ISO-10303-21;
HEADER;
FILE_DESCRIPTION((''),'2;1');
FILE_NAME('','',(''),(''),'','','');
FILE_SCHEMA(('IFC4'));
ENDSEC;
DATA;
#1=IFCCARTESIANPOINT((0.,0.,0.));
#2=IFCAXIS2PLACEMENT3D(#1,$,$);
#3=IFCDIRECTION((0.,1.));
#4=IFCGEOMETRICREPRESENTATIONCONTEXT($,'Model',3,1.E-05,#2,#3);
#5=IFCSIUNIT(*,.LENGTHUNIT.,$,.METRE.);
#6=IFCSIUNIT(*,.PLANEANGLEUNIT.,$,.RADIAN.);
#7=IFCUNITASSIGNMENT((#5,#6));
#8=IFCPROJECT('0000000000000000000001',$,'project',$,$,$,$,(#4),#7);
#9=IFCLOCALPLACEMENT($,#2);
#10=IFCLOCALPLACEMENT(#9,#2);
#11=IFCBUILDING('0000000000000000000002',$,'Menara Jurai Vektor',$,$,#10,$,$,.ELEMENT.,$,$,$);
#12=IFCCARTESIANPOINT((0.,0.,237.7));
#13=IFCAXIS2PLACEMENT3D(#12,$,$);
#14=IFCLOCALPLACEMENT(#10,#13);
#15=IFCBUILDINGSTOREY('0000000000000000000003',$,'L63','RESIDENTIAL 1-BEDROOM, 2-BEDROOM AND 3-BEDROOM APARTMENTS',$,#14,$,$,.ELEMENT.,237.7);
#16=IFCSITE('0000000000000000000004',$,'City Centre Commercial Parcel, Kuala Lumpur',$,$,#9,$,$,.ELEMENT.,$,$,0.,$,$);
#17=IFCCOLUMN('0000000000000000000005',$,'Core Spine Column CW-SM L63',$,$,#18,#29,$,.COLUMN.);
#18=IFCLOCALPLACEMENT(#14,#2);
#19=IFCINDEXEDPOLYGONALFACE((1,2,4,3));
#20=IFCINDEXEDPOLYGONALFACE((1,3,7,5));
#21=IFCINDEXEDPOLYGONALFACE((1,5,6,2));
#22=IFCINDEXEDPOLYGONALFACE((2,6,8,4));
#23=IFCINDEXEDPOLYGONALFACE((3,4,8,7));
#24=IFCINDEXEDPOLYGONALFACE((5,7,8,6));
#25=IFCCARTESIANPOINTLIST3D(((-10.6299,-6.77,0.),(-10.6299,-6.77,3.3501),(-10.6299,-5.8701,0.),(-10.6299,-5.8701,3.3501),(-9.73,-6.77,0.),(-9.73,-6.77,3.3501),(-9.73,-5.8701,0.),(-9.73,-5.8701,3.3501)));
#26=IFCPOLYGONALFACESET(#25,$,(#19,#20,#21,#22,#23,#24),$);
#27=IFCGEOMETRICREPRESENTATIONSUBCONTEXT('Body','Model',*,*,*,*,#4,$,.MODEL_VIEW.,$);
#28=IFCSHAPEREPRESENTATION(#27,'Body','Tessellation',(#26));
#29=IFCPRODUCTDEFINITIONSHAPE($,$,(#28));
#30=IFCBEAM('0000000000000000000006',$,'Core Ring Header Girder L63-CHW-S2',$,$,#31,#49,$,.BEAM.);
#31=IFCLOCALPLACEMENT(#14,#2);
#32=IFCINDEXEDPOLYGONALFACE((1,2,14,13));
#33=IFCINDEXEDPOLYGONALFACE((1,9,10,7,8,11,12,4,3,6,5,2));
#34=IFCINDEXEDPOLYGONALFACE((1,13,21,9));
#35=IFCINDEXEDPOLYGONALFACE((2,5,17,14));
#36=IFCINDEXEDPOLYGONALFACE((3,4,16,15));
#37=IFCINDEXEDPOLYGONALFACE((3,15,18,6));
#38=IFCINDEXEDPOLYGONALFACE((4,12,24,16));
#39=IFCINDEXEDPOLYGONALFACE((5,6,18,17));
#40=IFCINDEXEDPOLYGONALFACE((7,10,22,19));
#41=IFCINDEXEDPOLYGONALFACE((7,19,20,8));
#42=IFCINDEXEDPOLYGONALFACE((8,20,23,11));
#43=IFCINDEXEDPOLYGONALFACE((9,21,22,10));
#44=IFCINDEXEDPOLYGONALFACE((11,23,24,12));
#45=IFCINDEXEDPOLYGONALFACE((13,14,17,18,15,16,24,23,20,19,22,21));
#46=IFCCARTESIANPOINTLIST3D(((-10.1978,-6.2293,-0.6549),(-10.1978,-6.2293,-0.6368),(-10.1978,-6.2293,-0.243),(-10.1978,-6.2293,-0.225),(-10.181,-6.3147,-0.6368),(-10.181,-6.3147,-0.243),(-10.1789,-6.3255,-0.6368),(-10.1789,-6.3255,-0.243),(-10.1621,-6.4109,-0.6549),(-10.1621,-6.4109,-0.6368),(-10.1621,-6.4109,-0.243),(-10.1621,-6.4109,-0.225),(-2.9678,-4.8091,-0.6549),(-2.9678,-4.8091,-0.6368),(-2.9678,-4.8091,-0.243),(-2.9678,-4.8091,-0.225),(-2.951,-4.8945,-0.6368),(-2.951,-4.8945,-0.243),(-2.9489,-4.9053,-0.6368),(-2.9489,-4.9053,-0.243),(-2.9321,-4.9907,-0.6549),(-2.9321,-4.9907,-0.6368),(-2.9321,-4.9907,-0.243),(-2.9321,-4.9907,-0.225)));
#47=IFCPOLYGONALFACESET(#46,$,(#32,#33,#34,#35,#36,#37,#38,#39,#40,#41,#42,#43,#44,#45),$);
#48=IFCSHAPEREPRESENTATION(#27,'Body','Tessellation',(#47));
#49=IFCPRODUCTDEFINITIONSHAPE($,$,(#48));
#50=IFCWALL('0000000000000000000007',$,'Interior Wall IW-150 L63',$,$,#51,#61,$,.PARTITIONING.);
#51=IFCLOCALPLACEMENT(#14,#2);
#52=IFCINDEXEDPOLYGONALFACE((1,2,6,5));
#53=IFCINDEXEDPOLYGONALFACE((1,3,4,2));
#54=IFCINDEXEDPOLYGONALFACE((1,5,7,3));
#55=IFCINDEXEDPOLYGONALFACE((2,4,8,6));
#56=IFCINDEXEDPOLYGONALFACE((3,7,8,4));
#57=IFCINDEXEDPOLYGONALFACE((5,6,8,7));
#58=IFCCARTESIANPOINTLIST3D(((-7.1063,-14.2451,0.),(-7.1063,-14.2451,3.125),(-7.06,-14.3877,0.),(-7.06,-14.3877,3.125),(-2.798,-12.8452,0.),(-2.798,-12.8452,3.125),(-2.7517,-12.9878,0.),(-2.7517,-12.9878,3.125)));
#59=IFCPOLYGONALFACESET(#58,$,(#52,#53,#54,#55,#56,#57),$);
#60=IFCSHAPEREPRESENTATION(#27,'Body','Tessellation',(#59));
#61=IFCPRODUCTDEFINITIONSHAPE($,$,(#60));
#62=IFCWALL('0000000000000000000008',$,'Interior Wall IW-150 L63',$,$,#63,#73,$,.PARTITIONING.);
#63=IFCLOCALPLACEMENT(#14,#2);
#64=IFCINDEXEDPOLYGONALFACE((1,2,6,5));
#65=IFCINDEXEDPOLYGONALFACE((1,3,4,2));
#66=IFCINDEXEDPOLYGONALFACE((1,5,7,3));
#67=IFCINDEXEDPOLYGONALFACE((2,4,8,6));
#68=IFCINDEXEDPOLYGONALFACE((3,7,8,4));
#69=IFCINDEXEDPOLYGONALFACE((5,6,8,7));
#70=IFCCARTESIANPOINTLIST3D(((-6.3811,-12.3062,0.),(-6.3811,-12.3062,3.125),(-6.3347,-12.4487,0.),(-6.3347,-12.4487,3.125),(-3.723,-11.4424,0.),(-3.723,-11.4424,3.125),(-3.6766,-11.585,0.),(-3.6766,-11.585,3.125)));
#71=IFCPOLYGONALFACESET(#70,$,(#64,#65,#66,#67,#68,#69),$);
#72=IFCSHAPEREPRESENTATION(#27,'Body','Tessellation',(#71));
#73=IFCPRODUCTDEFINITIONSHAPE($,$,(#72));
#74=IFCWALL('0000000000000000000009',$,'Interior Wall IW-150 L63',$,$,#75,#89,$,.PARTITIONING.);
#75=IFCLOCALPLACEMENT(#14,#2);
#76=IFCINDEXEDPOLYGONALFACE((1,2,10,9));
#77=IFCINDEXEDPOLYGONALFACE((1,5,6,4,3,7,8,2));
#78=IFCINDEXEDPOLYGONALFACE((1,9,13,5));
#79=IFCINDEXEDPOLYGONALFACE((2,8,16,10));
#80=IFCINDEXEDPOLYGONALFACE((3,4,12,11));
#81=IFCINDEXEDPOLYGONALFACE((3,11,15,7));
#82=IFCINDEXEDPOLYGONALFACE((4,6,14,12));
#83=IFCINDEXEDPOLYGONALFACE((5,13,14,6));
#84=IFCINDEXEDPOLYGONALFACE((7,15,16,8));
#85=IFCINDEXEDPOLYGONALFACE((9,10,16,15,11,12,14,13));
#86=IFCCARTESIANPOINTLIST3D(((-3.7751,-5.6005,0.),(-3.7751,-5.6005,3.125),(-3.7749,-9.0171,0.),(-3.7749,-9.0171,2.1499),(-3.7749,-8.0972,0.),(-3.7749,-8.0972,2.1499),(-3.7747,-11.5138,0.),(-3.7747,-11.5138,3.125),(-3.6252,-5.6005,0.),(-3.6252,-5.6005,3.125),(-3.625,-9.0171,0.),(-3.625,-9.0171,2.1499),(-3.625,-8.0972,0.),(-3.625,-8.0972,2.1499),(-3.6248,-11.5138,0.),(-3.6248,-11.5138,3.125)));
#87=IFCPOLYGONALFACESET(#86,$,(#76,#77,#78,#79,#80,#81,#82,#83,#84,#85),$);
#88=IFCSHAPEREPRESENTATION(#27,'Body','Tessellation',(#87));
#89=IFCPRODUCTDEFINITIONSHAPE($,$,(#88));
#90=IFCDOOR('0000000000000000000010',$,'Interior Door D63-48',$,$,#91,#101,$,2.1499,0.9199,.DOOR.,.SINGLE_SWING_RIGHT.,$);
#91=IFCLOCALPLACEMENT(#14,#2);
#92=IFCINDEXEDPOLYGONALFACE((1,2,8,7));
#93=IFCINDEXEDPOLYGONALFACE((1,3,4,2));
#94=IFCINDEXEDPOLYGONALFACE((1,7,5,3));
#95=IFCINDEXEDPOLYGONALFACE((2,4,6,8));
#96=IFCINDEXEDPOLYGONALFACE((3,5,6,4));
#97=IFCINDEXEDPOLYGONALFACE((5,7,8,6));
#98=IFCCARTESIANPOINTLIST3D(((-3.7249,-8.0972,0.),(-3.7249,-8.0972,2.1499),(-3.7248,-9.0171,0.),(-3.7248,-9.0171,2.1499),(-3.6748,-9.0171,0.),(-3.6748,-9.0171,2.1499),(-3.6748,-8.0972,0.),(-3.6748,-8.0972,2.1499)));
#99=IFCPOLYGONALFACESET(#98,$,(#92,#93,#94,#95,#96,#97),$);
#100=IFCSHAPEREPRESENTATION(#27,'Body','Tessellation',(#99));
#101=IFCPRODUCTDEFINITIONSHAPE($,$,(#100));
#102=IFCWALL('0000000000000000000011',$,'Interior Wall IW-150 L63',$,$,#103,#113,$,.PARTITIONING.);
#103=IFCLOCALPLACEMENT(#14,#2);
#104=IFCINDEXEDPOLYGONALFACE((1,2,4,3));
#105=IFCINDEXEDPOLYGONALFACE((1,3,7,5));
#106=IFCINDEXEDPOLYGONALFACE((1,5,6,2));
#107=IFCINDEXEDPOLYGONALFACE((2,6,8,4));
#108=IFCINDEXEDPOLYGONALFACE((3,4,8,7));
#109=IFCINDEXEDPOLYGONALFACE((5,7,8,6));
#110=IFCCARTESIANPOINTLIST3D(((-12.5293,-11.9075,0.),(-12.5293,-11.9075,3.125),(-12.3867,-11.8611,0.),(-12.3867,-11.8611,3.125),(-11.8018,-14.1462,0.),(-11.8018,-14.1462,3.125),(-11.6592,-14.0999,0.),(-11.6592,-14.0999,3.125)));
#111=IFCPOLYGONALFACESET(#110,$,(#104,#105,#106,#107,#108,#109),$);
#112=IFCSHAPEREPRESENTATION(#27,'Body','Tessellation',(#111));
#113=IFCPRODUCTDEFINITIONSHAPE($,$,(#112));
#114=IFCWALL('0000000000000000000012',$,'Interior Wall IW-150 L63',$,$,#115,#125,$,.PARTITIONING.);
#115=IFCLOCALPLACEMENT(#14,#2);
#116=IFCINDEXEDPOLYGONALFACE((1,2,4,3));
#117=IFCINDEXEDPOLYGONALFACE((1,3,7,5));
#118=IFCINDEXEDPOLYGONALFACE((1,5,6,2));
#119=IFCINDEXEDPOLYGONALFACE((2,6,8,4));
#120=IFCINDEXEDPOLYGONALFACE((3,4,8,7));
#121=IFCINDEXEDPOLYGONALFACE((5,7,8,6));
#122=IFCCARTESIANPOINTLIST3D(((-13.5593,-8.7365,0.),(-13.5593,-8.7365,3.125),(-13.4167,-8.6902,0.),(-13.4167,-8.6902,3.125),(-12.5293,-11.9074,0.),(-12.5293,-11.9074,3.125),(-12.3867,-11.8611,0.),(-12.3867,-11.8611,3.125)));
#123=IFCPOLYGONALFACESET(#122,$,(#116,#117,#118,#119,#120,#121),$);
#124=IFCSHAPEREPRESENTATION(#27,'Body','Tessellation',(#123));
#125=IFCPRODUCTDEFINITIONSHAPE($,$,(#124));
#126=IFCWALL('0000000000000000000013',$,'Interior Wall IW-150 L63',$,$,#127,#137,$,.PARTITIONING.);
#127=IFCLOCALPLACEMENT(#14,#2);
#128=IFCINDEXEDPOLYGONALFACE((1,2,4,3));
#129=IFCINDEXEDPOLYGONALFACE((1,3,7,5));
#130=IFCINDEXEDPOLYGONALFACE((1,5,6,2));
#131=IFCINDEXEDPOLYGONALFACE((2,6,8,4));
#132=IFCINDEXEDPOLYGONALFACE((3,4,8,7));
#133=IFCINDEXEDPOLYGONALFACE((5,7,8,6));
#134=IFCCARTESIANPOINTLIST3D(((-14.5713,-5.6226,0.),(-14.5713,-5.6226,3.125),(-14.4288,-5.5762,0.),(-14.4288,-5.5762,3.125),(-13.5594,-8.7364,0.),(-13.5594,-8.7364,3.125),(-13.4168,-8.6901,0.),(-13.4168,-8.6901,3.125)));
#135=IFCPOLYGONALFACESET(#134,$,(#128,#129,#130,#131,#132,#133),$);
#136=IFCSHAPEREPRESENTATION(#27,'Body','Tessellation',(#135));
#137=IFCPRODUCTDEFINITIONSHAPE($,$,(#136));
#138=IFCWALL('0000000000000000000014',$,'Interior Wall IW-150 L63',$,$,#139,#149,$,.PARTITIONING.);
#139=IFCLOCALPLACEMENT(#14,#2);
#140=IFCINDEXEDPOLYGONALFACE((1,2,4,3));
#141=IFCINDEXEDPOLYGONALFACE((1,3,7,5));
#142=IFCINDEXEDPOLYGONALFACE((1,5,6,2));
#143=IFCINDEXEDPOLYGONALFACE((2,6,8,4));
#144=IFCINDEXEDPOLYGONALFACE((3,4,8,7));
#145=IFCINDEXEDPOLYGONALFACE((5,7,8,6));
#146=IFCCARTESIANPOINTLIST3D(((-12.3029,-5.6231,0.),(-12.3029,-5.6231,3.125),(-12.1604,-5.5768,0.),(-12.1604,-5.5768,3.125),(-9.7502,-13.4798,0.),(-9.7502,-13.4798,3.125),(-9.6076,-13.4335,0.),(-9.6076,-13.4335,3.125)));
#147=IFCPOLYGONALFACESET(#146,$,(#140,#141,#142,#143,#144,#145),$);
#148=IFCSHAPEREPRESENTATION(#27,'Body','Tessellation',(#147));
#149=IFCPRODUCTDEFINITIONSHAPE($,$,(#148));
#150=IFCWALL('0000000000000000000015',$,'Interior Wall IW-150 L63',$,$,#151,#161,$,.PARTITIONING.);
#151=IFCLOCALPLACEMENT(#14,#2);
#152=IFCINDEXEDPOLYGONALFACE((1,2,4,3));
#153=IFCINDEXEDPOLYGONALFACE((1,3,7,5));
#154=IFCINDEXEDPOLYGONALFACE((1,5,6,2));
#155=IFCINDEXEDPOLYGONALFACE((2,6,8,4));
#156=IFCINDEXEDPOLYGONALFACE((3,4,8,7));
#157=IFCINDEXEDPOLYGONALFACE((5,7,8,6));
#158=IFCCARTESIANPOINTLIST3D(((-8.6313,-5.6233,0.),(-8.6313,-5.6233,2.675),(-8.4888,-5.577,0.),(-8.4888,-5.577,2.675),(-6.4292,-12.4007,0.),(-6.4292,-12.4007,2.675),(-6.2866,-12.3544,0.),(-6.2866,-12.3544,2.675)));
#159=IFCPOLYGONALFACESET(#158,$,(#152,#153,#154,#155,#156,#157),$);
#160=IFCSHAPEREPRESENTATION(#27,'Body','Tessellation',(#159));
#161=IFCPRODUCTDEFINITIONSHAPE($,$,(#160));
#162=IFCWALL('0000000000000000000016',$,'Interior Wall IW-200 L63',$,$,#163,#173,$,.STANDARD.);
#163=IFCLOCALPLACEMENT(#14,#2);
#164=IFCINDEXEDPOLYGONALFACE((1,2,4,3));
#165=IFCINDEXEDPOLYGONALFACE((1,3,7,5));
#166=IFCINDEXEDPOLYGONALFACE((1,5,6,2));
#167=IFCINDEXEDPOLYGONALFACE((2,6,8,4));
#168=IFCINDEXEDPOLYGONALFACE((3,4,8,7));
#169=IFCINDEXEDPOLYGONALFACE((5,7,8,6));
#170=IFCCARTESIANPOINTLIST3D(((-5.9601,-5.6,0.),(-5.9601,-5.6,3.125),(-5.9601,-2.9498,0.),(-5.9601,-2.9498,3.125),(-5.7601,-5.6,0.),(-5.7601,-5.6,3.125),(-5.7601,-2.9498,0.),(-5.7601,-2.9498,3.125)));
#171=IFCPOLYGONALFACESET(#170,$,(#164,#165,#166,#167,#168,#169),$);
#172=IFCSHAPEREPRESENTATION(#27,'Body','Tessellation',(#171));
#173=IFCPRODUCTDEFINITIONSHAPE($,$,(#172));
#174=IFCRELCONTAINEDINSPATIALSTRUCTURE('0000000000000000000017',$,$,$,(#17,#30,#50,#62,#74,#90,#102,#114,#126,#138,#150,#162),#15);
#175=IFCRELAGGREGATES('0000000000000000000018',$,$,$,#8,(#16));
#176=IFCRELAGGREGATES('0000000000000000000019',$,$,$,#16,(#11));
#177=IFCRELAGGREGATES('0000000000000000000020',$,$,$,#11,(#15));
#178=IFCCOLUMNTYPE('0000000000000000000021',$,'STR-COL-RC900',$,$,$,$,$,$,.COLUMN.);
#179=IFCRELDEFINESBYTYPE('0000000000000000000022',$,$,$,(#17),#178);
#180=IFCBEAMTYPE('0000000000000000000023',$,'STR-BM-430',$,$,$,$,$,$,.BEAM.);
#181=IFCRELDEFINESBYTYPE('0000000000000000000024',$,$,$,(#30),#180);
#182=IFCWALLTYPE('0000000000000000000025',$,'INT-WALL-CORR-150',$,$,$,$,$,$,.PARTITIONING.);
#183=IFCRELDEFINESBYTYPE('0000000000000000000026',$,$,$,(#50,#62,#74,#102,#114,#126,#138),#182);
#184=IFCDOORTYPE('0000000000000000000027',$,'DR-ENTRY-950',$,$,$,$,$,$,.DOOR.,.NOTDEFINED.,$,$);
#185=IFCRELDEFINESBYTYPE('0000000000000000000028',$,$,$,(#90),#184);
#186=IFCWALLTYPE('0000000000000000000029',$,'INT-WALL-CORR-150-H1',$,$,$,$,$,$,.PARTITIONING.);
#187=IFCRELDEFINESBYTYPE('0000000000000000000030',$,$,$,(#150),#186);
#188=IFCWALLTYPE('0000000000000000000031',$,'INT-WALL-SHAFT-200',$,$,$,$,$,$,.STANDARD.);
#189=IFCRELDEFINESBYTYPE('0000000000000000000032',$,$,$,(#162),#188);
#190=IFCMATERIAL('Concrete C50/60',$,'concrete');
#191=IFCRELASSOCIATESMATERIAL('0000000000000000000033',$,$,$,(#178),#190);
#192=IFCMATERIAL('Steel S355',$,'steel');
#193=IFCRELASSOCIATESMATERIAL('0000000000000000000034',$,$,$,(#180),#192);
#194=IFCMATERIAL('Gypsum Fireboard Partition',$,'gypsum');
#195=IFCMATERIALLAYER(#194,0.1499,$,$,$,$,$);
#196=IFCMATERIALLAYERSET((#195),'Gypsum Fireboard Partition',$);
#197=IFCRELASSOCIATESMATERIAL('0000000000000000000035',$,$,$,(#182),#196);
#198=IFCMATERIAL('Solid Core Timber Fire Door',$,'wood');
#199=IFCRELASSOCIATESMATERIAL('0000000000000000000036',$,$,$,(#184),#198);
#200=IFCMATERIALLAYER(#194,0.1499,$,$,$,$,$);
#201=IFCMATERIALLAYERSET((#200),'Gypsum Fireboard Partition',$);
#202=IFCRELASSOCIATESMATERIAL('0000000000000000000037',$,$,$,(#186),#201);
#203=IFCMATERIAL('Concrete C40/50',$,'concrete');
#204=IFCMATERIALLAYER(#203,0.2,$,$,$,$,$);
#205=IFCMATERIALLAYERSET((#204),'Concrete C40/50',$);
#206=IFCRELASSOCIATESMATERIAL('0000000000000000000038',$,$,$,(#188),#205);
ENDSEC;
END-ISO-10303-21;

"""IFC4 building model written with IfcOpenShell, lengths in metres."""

from ifc_helpers import new_model, si_unit, direction, frame, frame_2d, origin, origin_2d, place, context, subcontext, project, spatial, rectangle, i_section, extrude, material, layer, layer_set, material_profile, profile_set, type_object, element, fill, save


model = new_model("IFC4")

# Units and contexts
model_context = context("Model", 3, precision=1e-05, world=origin(), true_north=direction((0.0, 1.0)))
body_context = subcontext(model_context, "Body", "Model", "MODEL_VIEW")
ifc_project = project(units=[si_unit("LENGTHUNIT", "METRE"), si_unit("PLANEANGLEUNIT", "RADIAN")], contexts=[model_context])

# Site, building, storey
site_placement = place(None, origin())
site = spatial("IfcSite", under=ifc_project, at=site_placement, Name="City Centre Commercial Parcel, Kuala Lumpur", CompositionType="ELEMENT", RefElevation=0.0)
building_placement = place(site_placement, origin())
building = spatial("IfcBuilding", under=site, at=building_placement, Name="Menara Jurai Vektor", CompositionType="ELEMENT")
storey_placement = place(building_placement, frame((0.0, 0.0, 237.7)))
storey = spatial("IfcBuildingStorey", under=building, at=storey_placement, Name="L63", Description="RESIDENTIAL 1-BEDROOM, 2-BEDROOM AND 3-BEDROOM APARTMENTS", CompositionType="ELEMENT", Elevation=237.7)

# Column
ifc_material_1 = material(Name="Concrete C50/60", Category="concrete")
ifc_material_profile_1 = material_profile(ifc_material_1, rectangle(XDim=0.8999, YDim=0.8999, at=origin_2d()), Name="RC 900x900")
ifc_profile_set_1 = profile_set([ifc_material_profile_1], Name="Concrete C50/60")
column_type = type_object("IfcColumnType", Name="STR-COL-RC900", PredefinedType="COLUMN", material=ifc_profile_set_1)
column_placement = place(storey_placement, frame((-10.1799, -6.3201, 0.0), z_axis=(0.0, 0.0, 1.0), x_axis=(1.0, 0.0, 0.0)))
element("IfcColumn", 1, at=column_placement, inside=storey, type_object=column_type, Name="Core Spine Column CW-SM L63", PredefinedType="COLUMN", context=body_context, shape_type="SweptSolid", body=[
    extrude(rectangle(XDim=0.8999, YDim=0.8999, at=origin_2d()), origin(), (0.0, 0.0, 1.0), 3.3501),
])

# Beam
ifc_material_2 = material(Name="Steel S355", Category="steel")
ifc_material_profile_2 = material_profile(ifc_material_2, i_section(OverallWidth=0.1851, OverallDepth=0.4299, WebThickness=0.011, FlangeThickness=0.0181, at=origin_2d()), Name="PG 430x185x76")
ifc_profile_set_2 = profile_set([ifc_material_profile_2], Name="Steel S355")
beam_type = type_object("IfcBeamType", Name="STR-BM-430", PredefinedType="BEAM", material=ifc_profile_set_2)
beam_placement = place(storey_placement, frame((-10.1799, -6.3201, -0.4399), z_axis=(0.981249, 0.192744, 0.0), x_axis=(-0.192744, 0.981249, 0.0)))
element("IfcBeam", 2, at=beam_placement, inside=storey, type_object=beam_type, Name="Core Ring Header Girder L63-CHW-S2", PredefinedType="BEAM", context=body_context, shape_type="SweptSolid", body=[
    extrude(i_section(OverallWidth=0.1851, OverallDepth=0.4299, WebThickness=0.011, FlangeThickness=0.0181, at=origin_2d()), origin(), (0.0, 0.0, 1.0), 7.3682),
])

# Wall
ifc_material_3 = material(Name="Gypsum Fireboard Partition", Category="gypsum")
ifc_layer_1 = layer(ifc_material_3, 0.1499)
ifc_layer_set_1 = layer_set([ifc_layer_1], Name="Gypsum Fireboard Partition")
wall_type_1 = type_object("IfcWallType", Name="INT-WALL-CORR-150", PredefinedType="PARTITIONING", material=ifc_layer_set_1)
wall_1_placement = place(storey_placement, frame((-7.0833, -14.3164, 0.0), z_axis=(0.0, 0.0, 1.0), x_axis=(0.951054, 0.309024, 0.0)))
element("IfcWall", 3, at=wall_1_placement, inside=storey, type_object=wall_type_1, Name="Interior Wall IW-150 L63", PredefinedType="PARTITIONING", context=body_context, shape_type="SweptSolid", body=[
    extrude(rectangle(XDim=4.53, YDim=0.1499, at=frame_2d((2.2651, 0.0))), origin(), (0.0, 0.0, 1.0), 3.125),
])

# Shared definitions
ifc_material_4 = material(Name="Solid Core Timber Fire Door", Category="wood")
door_type = type_object("IfcDoorType", Name="DR-ENTRY-950", OperationType="NOTDEFINED", PredefinedType="DOOR", material=ifc_material_4)

# Wall
wall_2_placement = place(storey_placement, frame((-6.3579, -12.3774, 0.0), z_axis=(0.0, 0.0, 1.0), x_axis=(0.951049, 0.309039, 0.0)))
element("IfcWall", 4, at=wall_2_placement, inside=storey, type_object=wall_type_1, Name="Interior Wall IW-150 L63", PredefinedType="PARTITIONING", context=body_context, shape_type="SweptSolid", body=[
    extrude(rectangle(XDim=2.7949, YDim=0.1499, at=frame_2d((1.3975, 0.0))), origin(), (0.0, 0.0, 1.0), 3.125),
])

# Wall, opening, door
wall_3_placement = place(storey_placement, frame((-3.6997, -11.5137, 0.0), z_axis=(0.0, 0.0, 1.0), x_axis=(-0.000083, 1.0, 0.0)))
wall_3 = element("IfcWall", 5, at=wall_3_placement, inside=storey, type_object=wall_type_1, Name="Interior Wall IW-150 L63", PredefinedType="PARTITIONING", context=body_context, shape_type="SweptSolid", body=[
    extrude(rectangle(XDim=5.9133, YDim=0.1499, at=frame_2d((2.9565, 0.0))), origin(), (0.0, 0.0, 1.0), 3.125),
])
opening_1_placement = place(wall_3_placement, frame((2.4966, 0.0, 0.0)))
opening_1 = element("IfcOpeningElement", 6, at=opening_1_placement, cuts=wall_3, PredefinedType="OPENING", context=body_context, shape_type="SweptSolid", body=[
    extrude(rectangle(XDim=0.9199, YDim=2.1499, at=frame_2d((0.46, 1.075))), frame((0.0, 0.085, 0.0), z_axis=(0.0, -1.0, 0.0), x_axis=(1.0, 0.0, 0.0)), (0.0, 0.0, 1.0), 0.1699),
])
door_1_placement = place(opening_1_placement, origin())
door_1 = element("IfcDoor", 7, at=door_1_placement, inside=storey, type_object=door_type, Name="Interior Door D63-48", OperationType="SINGLE_SWING_RIGHT", OverallHeight=2.1499, OverallWidth=0.9199, PredefinedType="DOOR", context=body_context, shape_type="SweptSolid", body=[
    extrude(rectangle(XDim=0.9199, YDim=2.1499, at=frame_2d((0.46, 1.075))), frame((0.0, 0.0249, 0.0), z_axis=(0.0, -1.0, 0.0), x_axis=(1.0, 0.0, 0.0)), (0.0, 0.0, 1.0), 0.05),
])
fill(opening_1, door_1)

# Walls
wall_4_placement = place(storey_placement, frame((-11.7305, -14.123, 0.0), z_axis=(0.0, 0.0, 1.0), x_axis=(-0.309063, 0.951042, 0.0)))
element("IfcWall", 8, at=wall_4_placement, inside=storey, type_object=wall_type_1, Name="Interior Wall IW-150 L63", PredefinedType="PARTITIONING", context=body_context, shape_type="SweptSolid", body=[
    extrude(rectangle(XDim=2.354, YDim=0.1499, at=frame_2d((1.177, 0.0))), origin(), (0.0, 0.0, 1.0), 3.125),
])
wall_5_placement = place(storey_placement, frame((-12.458, -11.8843, 0.0), z_axis=(0.0, 0.0, 1.0), x_axis=(-0.308947, 0.951079, 0.0)))
element("IfcWall", 9, at=wall_5_placement, inside=storey, type_object=wall_type_1, Name="Interior Wall IW-150 L63", PredefinedType="PARTITIONING", context=body_context, shape_type="SweptSolid", body=[
    extrude(rectangle(XDim=3.334, YDim=0.1499, at=frame_2d((1.667, 0.0))), origin(), (0.0, 0.0, 1.0), 3.125),
])
wall_6_placement = place(storey_placement, frame((-13.488, -8.7134, 0.0), z_axis=(0.0, 0.0, 1.0), x_axis=(-0.309083, 0.951035, 0.0)))
element("IfcWall", 10, at=wall_6_placement, inside=storey, type_object=wall_type_1, Name="Interior Wall IW-150 L63", PredefinedType="PARTITIONING", context=body_context, shape_type="SweptSolid", body=[
    extrude(rectangle(XDim=3.2742, YDim=0.1499, at=frame_2d((1.6372, 0.0))), origin(), (0.0, 0.0, 1.0), 3.125),
])
wall_7_placement = place(storey_placement, frame((-9.679, -13.4565, 0.0), z_axis=(0.0, 0.0, 1.0), x_axis=(-0.309011, 0.951059, 0.0)))
element("IfcWall", 11, at=wall_7_placement, inside=storey, type_object=wall_type_1, Name="Interior Wall IW-150 L63", PredefinedType="PARTITIONING", context=body_context, shape_type="SweptSolid", body=[
    extrude(rectangle(XDim=8.261, YDim=0.1499, at=frame_2d((4.1304, 0.0))), origin(), (0.0, 0.0, 1.0), 3.125),
])
ifc_layer_2 = layer(ifc_material_3, 0.1499)
ifc_layer_set_2 = layer_set([ifc_layer_2], Name="Gypsum Fireboard Partition")
wall_type_2 = type_object("IfcWallType", Name="INT-WALL-CORR-150-H1", PredefinedType="PARTITIONING", material=ifc_layer_set_2)
wall_8_placement = place(storey_placement, frame((-6.3579, -12.3774, 0.0), z_axis=(0.0, 0.0, 1.0), x_axis=(-0.309024, 0.951054, 0.0)))
element("IfcWall", 12, at=wall_8_placement, inside=storey, type_object=wall_type_2, Name="Interior Wall IW-150 L63", PredefinedType="PARTITIONING", context=body_context, shape_type="SweptSolid", body=[
    extrude(rectangle(XDim=7.1262, YDim=0.1499, at=frame_2d((3.563, 0.0))), origin(), (0.0, 0.0, 1.0), 2.675),
])
ifc_material_5 = material(Name="Concrete C40/50", Category="concrete")
ifc_layer_3 = layer(ifc_material_5, 0.2)
ifc_layer_set_3 = layer_set([ifc_layer_3], Name="Concrete C40/50")
wall_type_3 = type_object("IfcWallType", Name="INT-WALL-SHAFT-200", PredefinedType="STANDARD", material=ifc_layer_set_3)
wall_9_placement = place(storey_placement, frame((-5.8601, -5.6001, 0.0), z_axis=(0.0, 0.0, 1.0), x_axis=(0.0, 1.0, 0.0)))
element("IfcWall", 13, at=wall_9_placement, inside=storey, type_object=wall_type_3, Name="Interior Wall IW-200 L63", PredefinedType="STANDARD", context=body_context, shape_type="SweptSolid", body=[
    extrude(rectangle(XDim=2.6501, YDim=0.2, at=frame_2d((1.3252, 0.0))), origin(), (0.0, 0.0, 1.0), 3.125),
])

save(model, "model.ifc")
